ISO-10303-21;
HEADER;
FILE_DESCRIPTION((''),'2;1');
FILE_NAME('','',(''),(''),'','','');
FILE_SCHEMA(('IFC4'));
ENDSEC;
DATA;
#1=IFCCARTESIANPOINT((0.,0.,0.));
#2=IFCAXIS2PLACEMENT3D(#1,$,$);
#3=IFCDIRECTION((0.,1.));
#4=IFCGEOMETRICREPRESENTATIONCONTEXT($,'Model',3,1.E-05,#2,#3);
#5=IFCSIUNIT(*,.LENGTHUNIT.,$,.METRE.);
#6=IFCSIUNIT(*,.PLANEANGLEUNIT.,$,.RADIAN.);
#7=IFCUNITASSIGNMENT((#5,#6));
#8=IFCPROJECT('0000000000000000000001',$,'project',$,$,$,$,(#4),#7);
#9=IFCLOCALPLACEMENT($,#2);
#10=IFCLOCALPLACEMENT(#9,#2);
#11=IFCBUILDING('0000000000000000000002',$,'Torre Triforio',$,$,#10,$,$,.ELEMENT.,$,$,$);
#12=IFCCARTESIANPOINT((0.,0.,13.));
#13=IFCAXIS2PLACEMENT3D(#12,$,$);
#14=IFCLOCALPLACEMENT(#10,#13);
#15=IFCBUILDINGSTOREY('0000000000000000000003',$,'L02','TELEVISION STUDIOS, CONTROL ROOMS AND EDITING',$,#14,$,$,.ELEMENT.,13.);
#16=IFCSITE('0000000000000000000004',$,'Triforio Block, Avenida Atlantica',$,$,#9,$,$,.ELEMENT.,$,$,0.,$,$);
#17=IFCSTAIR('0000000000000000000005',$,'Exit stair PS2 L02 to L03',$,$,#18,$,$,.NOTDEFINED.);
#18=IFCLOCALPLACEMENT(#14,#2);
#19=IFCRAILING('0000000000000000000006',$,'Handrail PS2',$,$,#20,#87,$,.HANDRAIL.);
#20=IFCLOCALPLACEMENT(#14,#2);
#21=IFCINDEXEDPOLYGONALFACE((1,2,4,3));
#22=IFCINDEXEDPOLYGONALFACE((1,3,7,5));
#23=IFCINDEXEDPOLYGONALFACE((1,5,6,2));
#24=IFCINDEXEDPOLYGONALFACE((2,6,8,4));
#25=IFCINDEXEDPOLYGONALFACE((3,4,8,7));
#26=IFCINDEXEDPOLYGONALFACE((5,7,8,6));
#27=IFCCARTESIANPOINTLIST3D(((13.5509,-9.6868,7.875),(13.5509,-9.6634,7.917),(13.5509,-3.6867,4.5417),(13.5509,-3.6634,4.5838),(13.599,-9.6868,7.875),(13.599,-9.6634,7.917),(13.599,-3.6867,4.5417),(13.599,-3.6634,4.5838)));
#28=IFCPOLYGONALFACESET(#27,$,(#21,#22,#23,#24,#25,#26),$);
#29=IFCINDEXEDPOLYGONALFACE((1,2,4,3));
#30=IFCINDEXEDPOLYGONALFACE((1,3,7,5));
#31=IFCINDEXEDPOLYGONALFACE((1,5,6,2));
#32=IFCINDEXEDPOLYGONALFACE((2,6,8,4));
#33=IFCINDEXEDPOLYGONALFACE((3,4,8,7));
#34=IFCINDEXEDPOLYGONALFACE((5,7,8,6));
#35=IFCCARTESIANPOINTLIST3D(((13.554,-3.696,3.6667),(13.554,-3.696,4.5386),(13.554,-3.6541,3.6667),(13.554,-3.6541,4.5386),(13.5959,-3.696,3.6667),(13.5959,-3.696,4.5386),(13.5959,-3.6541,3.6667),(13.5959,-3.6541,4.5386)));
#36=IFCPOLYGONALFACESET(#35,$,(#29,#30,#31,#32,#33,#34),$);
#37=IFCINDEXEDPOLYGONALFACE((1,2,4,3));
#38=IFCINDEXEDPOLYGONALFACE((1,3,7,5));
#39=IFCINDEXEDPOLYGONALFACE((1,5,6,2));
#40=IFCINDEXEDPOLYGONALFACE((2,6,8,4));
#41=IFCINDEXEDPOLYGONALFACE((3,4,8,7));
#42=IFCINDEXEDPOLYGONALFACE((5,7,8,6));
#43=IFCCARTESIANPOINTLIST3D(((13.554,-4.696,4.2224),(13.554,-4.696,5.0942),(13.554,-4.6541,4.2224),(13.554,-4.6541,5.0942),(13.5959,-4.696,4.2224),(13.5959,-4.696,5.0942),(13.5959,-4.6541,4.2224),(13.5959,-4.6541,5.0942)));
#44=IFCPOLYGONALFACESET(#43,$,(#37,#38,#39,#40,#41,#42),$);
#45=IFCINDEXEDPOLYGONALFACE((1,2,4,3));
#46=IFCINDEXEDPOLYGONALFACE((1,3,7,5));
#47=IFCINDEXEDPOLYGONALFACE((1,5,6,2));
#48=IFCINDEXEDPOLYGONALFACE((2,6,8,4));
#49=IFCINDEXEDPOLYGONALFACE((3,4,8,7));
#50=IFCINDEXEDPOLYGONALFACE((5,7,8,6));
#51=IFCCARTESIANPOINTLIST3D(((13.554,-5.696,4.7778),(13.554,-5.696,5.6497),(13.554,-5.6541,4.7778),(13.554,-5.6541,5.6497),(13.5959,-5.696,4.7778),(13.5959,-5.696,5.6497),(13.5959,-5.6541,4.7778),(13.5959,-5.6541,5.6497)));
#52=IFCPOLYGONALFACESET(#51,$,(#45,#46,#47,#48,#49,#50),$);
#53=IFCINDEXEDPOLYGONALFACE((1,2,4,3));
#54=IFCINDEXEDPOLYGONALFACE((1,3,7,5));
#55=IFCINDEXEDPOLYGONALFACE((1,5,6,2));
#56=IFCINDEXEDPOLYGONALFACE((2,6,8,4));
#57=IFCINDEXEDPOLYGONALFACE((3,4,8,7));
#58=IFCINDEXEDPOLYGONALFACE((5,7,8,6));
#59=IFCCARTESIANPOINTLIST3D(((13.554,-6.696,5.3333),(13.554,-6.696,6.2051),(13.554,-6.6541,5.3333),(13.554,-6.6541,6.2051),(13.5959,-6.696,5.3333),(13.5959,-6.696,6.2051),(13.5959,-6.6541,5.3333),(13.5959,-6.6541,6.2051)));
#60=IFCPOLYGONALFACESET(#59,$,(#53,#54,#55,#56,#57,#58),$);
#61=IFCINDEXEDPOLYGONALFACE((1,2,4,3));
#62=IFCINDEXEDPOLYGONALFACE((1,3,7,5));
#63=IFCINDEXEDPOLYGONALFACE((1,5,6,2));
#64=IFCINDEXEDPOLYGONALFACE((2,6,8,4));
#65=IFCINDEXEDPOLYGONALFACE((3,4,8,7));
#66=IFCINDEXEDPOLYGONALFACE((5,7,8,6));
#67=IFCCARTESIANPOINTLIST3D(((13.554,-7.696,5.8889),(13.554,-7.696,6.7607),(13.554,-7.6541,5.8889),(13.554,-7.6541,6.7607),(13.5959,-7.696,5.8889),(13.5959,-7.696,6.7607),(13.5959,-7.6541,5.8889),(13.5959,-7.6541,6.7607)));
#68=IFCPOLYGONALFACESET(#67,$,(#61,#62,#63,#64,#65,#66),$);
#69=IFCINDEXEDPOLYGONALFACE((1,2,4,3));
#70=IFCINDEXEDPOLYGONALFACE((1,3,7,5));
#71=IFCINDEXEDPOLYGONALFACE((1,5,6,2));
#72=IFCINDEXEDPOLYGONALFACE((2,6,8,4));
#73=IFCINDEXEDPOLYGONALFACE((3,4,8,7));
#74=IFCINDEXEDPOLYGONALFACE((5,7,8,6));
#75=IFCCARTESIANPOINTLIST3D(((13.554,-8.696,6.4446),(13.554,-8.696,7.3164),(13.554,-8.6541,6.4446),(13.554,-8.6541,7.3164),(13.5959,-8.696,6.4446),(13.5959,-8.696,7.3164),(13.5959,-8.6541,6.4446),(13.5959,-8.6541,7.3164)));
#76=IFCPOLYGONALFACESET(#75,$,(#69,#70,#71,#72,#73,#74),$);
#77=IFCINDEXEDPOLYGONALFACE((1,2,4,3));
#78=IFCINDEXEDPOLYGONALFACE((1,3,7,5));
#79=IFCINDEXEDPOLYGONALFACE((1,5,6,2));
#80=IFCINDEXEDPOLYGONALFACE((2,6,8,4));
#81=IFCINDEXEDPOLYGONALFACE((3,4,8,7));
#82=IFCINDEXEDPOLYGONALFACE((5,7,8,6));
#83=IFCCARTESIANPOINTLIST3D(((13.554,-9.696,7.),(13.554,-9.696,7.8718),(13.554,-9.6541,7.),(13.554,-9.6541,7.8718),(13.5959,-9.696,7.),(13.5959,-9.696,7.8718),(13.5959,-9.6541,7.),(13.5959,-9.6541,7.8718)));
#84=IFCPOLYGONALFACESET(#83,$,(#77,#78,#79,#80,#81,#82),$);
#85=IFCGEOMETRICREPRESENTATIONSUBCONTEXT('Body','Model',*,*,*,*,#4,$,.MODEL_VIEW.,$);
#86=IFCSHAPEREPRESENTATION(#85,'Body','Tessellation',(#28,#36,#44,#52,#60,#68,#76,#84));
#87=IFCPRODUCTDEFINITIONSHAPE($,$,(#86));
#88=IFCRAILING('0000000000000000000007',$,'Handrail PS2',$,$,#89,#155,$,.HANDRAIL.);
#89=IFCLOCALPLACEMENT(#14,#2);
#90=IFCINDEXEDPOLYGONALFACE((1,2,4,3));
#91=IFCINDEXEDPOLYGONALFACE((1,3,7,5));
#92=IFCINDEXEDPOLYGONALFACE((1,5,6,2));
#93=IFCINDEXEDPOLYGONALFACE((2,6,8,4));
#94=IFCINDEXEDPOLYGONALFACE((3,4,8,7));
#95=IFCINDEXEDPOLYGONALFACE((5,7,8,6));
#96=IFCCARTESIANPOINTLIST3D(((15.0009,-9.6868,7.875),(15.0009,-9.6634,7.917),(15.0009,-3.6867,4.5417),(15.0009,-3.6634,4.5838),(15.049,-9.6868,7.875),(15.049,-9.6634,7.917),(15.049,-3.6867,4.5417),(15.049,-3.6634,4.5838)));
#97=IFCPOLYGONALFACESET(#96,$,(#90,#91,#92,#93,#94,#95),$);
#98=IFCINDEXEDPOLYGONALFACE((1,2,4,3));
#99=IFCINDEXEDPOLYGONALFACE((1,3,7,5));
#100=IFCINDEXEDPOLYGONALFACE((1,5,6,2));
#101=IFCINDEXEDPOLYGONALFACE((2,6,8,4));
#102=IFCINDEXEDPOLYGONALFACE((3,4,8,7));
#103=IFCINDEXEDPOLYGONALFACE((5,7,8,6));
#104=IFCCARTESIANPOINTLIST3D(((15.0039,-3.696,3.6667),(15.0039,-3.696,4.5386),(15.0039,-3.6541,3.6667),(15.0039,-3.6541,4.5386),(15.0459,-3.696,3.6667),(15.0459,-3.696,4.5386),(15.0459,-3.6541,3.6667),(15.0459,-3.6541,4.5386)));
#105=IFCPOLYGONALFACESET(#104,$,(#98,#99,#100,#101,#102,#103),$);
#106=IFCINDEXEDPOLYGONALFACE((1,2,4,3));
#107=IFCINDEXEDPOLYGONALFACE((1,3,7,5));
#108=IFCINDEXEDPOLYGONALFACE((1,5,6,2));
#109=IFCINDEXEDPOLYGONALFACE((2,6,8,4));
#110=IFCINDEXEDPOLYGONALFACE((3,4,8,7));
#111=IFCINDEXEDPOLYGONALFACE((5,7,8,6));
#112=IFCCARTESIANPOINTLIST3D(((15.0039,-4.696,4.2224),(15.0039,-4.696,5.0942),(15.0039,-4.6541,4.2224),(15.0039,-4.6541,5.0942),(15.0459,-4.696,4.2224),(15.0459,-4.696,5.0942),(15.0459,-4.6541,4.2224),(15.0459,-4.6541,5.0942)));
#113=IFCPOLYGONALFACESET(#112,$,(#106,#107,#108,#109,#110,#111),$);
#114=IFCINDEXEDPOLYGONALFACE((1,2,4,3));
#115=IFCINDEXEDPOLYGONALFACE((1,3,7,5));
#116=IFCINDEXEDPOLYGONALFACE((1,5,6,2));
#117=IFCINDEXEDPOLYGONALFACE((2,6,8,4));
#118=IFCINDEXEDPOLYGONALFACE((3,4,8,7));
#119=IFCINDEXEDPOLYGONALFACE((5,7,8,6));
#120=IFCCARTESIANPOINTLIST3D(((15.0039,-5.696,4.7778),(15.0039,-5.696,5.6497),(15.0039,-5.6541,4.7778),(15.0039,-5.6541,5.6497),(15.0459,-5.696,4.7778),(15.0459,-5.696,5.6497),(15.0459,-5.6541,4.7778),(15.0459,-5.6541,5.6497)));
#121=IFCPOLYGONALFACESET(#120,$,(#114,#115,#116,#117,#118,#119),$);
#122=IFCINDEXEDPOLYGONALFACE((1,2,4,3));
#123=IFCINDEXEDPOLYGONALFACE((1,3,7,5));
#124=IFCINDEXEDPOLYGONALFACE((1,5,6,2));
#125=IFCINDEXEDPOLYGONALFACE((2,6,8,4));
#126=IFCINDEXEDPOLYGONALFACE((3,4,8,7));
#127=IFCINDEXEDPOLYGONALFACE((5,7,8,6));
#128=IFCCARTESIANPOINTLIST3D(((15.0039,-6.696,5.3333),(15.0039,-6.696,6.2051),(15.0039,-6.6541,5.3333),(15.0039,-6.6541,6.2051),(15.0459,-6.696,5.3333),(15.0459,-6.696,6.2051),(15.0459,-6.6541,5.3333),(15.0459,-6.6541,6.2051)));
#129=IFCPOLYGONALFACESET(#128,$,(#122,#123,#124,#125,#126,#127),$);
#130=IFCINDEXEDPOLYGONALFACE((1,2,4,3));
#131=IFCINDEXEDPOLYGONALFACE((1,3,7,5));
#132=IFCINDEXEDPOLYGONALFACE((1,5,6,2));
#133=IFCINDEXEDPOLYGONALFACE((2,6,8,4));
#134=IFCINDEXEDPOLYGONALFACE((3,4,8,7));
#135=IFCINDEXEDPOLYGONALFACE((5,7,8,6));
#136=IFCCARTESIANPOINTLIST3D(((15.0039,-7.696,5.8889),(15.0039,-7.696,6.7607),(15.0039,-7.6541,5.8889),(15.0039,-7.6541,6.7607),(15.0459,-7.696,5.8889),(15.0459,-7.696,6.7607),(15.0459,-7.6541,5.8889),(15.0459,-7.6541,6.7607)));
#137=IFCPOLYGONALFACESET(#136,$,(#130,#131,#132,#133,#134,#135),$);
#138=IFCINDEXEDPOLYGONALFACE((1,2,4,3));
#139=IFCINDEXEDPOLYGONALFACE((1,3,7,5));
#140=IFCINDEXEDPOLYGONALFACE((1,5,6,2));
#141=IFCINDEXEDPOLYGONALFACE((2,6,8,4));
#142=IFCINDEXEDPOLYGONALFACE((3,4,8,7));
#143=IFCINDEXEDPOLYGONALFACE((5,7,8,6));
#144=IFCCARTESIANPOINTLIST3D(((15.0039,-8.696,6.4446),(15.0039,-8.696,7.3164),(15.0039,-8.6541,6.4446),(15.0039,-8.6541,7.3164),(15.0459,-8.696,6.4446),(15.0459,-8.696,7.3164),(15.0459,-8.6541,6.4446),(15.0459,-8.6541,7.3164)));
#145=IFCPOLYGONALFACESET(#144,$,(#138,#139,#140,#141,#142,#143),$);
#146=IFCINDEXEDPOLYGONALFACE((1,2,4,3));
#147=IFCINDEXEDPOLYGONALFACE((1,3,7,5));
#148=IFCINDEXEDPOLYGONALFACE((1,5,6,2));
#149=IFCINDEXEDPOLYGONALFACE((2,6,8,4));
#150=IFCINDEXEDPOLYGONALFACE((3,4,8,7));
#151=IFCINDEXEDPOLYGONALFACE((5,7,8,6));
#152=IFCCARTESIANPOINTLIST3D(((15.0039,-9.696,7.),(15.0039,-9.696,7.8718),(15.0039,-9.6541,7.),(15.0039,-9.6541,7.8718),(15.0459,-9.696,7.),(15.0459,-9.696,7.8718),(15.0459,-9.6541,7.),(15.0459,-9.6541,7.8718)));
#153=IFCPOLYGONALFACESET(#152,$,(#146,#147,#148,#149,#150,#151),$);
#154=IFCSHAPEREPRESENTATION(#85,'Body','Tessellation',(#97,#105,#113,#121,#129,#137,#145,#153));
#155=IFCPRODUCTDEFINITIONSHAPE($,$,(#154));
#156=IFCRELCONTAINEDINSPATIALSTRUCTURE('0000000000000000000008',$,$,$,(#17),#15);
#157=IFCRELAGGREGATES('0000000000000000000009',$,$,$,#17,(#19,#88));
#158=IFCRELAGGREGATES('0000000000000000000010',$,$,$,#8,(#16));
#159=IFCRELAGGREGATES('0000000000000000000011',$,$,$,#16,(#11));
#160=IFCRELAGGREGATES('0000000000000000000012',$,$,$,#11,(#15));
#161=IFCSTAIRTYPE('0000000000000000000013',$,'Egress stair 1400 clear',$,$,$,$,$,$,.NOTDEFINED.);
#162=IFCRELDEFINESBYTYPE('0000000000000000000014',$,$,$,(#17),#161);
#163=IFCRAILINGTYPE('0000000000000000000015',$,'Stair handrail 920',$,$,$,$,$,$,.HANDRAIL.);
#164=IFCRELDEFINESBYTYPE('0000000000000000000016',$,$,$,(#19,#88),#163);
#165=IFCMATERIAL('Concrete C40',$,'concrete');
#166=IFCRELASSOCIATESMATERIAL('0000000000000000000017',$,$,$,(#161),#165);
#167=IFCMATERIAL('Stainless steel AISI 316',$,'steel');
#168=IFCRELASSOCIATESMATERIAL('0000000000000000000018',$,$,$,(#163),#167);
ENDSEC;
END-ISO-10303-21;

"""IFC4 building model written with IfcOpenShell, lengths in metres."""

from ifc_helpers import new_model, si_unit, direction, frame, origin, origin_2d, place, context, subcontext, project, spatial, rectangle, extrude, material, type_object, element, aggregate, save


model = new_model("IFC4")

# Units and contexts
model_context = context("Model", 3, precision=1e-05, world=origin(), true_north=direction((0.0, 1.0)))
body_context = subcontext(model_context, "Body", "Model", "MODEL_VIEW")
ifc_project = project(units=[si_unit("LENGTHUNIT", "METRE"), si_unit("PLANEANGLEUNIT", "RADIAN")], contexts=[model_context])

# Site, building, storey
site_placement = place(None, origin())
site = spatial("IfcSite", under=ifc_project, at=site_placement, Name="Triforio Block, Avenida Atlantica", CompositionType="ELEMENT", RefElevation=0.0)
building_placement = place(site_placement, origin())
building = spatial("IfcBuilding", under=site, at=building_placement, Name="Torre Triforio", CompositionType="ELEMENT")
storey_placement = place(building_placement, frame((0.0, 0.0, 13.0)))
storey = spatial("IfcBuildingStorey", under=building, at=storey_placement, Name="L02", Description="TELEVISION STUDIOS, CONTROL ROOMS AND EDITING", CompositionType="ELEMENT", Elevation=13.0)

# Shared definitions
ifc_material_1 = material(Name="Concrete C40", Category="concrete")

# Stair
stair_type_1 = type_object("IfcStairType", Name="Egress stair 1400 clear", PredefinedType="NOTDEFINED", material=ifc_material_1)
stair_1_placement = place(storey_placement, origin())
stair_1 = element("IfcStair", 1, at=stair_1_placement, inside=storey, type_object=stair_type_1, Name="Exit stair PS2 L02 to L03", PredefinedType="NOTDEFINED")

# Shared definitions
ifc_material_2 = material(Name="Stainless steel AISI 316", Category="steel")

# Railings
railing_type_1 = type_object("IfcRailingType", Name="Stair handrail 920", PredefinedType="HANDRAIL", material=ifc_material_2)
railing_1_placement = place(storey_placement, frame((13.575, -3.675, 3.6667)))
railing_1 = element("IfcRailing", 2, at=railing_1_placement, type_object=railing_type_1, Name="Handrail PS2", PredefinedType="HANDRAIL", context=body_context, shape_type="SweptSolid", body=[
    extrude(rectangle(XDim=0.0481, YDim=0.0481, at=origin_2d()), frame((0.0, 0.0, 0.896), z_axis=(0.0, -0.874162, 0.485634), x_axis=(1.0, 0.0, 0.0)), (0.0, 0.0, 1.0), 6.8638),
    extrude(rectangle(XDim=0.042, YDim=0.042, at=origin_2d()), origin(), (0.0, 0.0, 1.0), 0.8718),
    extrude(rectangle(XDim=0.042, YDim=0.042, at=origin_2d()), frame((0.0, -1.0, 0.5557)), (0.0, 0.0, 1.0), 0.8718),
    extrude(rectangle(XDim=0.042, YDim=0.042, at=origin_2d()), frame((0.0, -2.0, 1.1111)), (0.0, 0.0, 1.0), 0.8718),
    extrude(rectangle(XDim=0.042, YDim=0.042, at=origin_2d()), frame((0.0, -3.0, 1.6665)), (0.0, 0.0, 1.0), 0.8718),
    extrude(rectangle(XDim=0.042, YDim=0.042, at=origin_2d()), frame((0.0, -4.0, 2.2222)), (0.0, 0.0, 1.0), 0.8718),
    extrude(rectangle(XDim=0.042, YDim=0.042, at=origin_2d()), frame((0.0, -5.0, 2.7778)), (0.0, 0.0, 1.0), 0.8718),
    extrude(rectangle(XDim=0.042, YDim=0.042, at=origin_2d()), frame((0.0, -6.0, 3.3333)), (0.0, 0.0, 1.0), 0.8718),
])
railing_2_placement = place(storey_placement, frame((15.0249, -3.675, 3.6667)))
railing_2 = element("IfcRailing", 3, at=railing_2_placement, type_object=railing_type_1, Name="Handrail PS2", PredefinedType="HANDRAIL", context=body_context, shape_type="SweptSolid", body=[
    extrude(rectangle(XDim=0.0481, YDim=0.0481, at=origin_2d()), frame((0.0, 0.0, 0.896), z_axis=(0.0, -0.874162, 0.485634), x_axis=(1.0, 0.0, 0.0)), (0.0, 0.0, 1.0), 6.8638),
    extrude(rectangle(XDim=0.042, YDim=0.042, at=origin_2d()), origin(), (0.0, 0.0, 1.0), 0.8718),
    extrude(rectangle(XDim=0.042, YDim=0.042, at=origin_2d()), frame((0.0, -1.0, 0.5557)), (0.0, 0.0, 1.0), 0.8718),
    extrude(rectangle(XDim=0.042, YDim=0.042, at=origin_2d()), frame((0.0, -2.0, 1.1111)), (0.0, 0.0, 1.0), 0.8718),
    extrude(rectangle(XDim=0.042, YDim=0.042, at=origin_2d()), frame((0.0, -3.0, 1.6665)), (0.0, 0.0, 1.0), 0.8718),
    extrude(rectangle(XDim=0.042, YDim=0.042, at=origin_2d()), frame((0.0, -4.0, 2.2222)), (0.0, 0.0, 1.0), 0.8718),
    extrude(rectangle(XDim=0.042, YDim=0.042, at=origin_2d()), frame((0.0, -5.0, 2.7778)), (0.0, 0.0, 1.0), 0.8718),
    extrude(rectangle(XDim=0.042, YDim=0.042, at=origin_2d()), frame((0.0, -6.0, 3.3333)), (0.0, 0.0, 1.0), 0.8718),
])
aggregate(stair_1, [railing_1, railing_2])

save(model, "model.ifc")
